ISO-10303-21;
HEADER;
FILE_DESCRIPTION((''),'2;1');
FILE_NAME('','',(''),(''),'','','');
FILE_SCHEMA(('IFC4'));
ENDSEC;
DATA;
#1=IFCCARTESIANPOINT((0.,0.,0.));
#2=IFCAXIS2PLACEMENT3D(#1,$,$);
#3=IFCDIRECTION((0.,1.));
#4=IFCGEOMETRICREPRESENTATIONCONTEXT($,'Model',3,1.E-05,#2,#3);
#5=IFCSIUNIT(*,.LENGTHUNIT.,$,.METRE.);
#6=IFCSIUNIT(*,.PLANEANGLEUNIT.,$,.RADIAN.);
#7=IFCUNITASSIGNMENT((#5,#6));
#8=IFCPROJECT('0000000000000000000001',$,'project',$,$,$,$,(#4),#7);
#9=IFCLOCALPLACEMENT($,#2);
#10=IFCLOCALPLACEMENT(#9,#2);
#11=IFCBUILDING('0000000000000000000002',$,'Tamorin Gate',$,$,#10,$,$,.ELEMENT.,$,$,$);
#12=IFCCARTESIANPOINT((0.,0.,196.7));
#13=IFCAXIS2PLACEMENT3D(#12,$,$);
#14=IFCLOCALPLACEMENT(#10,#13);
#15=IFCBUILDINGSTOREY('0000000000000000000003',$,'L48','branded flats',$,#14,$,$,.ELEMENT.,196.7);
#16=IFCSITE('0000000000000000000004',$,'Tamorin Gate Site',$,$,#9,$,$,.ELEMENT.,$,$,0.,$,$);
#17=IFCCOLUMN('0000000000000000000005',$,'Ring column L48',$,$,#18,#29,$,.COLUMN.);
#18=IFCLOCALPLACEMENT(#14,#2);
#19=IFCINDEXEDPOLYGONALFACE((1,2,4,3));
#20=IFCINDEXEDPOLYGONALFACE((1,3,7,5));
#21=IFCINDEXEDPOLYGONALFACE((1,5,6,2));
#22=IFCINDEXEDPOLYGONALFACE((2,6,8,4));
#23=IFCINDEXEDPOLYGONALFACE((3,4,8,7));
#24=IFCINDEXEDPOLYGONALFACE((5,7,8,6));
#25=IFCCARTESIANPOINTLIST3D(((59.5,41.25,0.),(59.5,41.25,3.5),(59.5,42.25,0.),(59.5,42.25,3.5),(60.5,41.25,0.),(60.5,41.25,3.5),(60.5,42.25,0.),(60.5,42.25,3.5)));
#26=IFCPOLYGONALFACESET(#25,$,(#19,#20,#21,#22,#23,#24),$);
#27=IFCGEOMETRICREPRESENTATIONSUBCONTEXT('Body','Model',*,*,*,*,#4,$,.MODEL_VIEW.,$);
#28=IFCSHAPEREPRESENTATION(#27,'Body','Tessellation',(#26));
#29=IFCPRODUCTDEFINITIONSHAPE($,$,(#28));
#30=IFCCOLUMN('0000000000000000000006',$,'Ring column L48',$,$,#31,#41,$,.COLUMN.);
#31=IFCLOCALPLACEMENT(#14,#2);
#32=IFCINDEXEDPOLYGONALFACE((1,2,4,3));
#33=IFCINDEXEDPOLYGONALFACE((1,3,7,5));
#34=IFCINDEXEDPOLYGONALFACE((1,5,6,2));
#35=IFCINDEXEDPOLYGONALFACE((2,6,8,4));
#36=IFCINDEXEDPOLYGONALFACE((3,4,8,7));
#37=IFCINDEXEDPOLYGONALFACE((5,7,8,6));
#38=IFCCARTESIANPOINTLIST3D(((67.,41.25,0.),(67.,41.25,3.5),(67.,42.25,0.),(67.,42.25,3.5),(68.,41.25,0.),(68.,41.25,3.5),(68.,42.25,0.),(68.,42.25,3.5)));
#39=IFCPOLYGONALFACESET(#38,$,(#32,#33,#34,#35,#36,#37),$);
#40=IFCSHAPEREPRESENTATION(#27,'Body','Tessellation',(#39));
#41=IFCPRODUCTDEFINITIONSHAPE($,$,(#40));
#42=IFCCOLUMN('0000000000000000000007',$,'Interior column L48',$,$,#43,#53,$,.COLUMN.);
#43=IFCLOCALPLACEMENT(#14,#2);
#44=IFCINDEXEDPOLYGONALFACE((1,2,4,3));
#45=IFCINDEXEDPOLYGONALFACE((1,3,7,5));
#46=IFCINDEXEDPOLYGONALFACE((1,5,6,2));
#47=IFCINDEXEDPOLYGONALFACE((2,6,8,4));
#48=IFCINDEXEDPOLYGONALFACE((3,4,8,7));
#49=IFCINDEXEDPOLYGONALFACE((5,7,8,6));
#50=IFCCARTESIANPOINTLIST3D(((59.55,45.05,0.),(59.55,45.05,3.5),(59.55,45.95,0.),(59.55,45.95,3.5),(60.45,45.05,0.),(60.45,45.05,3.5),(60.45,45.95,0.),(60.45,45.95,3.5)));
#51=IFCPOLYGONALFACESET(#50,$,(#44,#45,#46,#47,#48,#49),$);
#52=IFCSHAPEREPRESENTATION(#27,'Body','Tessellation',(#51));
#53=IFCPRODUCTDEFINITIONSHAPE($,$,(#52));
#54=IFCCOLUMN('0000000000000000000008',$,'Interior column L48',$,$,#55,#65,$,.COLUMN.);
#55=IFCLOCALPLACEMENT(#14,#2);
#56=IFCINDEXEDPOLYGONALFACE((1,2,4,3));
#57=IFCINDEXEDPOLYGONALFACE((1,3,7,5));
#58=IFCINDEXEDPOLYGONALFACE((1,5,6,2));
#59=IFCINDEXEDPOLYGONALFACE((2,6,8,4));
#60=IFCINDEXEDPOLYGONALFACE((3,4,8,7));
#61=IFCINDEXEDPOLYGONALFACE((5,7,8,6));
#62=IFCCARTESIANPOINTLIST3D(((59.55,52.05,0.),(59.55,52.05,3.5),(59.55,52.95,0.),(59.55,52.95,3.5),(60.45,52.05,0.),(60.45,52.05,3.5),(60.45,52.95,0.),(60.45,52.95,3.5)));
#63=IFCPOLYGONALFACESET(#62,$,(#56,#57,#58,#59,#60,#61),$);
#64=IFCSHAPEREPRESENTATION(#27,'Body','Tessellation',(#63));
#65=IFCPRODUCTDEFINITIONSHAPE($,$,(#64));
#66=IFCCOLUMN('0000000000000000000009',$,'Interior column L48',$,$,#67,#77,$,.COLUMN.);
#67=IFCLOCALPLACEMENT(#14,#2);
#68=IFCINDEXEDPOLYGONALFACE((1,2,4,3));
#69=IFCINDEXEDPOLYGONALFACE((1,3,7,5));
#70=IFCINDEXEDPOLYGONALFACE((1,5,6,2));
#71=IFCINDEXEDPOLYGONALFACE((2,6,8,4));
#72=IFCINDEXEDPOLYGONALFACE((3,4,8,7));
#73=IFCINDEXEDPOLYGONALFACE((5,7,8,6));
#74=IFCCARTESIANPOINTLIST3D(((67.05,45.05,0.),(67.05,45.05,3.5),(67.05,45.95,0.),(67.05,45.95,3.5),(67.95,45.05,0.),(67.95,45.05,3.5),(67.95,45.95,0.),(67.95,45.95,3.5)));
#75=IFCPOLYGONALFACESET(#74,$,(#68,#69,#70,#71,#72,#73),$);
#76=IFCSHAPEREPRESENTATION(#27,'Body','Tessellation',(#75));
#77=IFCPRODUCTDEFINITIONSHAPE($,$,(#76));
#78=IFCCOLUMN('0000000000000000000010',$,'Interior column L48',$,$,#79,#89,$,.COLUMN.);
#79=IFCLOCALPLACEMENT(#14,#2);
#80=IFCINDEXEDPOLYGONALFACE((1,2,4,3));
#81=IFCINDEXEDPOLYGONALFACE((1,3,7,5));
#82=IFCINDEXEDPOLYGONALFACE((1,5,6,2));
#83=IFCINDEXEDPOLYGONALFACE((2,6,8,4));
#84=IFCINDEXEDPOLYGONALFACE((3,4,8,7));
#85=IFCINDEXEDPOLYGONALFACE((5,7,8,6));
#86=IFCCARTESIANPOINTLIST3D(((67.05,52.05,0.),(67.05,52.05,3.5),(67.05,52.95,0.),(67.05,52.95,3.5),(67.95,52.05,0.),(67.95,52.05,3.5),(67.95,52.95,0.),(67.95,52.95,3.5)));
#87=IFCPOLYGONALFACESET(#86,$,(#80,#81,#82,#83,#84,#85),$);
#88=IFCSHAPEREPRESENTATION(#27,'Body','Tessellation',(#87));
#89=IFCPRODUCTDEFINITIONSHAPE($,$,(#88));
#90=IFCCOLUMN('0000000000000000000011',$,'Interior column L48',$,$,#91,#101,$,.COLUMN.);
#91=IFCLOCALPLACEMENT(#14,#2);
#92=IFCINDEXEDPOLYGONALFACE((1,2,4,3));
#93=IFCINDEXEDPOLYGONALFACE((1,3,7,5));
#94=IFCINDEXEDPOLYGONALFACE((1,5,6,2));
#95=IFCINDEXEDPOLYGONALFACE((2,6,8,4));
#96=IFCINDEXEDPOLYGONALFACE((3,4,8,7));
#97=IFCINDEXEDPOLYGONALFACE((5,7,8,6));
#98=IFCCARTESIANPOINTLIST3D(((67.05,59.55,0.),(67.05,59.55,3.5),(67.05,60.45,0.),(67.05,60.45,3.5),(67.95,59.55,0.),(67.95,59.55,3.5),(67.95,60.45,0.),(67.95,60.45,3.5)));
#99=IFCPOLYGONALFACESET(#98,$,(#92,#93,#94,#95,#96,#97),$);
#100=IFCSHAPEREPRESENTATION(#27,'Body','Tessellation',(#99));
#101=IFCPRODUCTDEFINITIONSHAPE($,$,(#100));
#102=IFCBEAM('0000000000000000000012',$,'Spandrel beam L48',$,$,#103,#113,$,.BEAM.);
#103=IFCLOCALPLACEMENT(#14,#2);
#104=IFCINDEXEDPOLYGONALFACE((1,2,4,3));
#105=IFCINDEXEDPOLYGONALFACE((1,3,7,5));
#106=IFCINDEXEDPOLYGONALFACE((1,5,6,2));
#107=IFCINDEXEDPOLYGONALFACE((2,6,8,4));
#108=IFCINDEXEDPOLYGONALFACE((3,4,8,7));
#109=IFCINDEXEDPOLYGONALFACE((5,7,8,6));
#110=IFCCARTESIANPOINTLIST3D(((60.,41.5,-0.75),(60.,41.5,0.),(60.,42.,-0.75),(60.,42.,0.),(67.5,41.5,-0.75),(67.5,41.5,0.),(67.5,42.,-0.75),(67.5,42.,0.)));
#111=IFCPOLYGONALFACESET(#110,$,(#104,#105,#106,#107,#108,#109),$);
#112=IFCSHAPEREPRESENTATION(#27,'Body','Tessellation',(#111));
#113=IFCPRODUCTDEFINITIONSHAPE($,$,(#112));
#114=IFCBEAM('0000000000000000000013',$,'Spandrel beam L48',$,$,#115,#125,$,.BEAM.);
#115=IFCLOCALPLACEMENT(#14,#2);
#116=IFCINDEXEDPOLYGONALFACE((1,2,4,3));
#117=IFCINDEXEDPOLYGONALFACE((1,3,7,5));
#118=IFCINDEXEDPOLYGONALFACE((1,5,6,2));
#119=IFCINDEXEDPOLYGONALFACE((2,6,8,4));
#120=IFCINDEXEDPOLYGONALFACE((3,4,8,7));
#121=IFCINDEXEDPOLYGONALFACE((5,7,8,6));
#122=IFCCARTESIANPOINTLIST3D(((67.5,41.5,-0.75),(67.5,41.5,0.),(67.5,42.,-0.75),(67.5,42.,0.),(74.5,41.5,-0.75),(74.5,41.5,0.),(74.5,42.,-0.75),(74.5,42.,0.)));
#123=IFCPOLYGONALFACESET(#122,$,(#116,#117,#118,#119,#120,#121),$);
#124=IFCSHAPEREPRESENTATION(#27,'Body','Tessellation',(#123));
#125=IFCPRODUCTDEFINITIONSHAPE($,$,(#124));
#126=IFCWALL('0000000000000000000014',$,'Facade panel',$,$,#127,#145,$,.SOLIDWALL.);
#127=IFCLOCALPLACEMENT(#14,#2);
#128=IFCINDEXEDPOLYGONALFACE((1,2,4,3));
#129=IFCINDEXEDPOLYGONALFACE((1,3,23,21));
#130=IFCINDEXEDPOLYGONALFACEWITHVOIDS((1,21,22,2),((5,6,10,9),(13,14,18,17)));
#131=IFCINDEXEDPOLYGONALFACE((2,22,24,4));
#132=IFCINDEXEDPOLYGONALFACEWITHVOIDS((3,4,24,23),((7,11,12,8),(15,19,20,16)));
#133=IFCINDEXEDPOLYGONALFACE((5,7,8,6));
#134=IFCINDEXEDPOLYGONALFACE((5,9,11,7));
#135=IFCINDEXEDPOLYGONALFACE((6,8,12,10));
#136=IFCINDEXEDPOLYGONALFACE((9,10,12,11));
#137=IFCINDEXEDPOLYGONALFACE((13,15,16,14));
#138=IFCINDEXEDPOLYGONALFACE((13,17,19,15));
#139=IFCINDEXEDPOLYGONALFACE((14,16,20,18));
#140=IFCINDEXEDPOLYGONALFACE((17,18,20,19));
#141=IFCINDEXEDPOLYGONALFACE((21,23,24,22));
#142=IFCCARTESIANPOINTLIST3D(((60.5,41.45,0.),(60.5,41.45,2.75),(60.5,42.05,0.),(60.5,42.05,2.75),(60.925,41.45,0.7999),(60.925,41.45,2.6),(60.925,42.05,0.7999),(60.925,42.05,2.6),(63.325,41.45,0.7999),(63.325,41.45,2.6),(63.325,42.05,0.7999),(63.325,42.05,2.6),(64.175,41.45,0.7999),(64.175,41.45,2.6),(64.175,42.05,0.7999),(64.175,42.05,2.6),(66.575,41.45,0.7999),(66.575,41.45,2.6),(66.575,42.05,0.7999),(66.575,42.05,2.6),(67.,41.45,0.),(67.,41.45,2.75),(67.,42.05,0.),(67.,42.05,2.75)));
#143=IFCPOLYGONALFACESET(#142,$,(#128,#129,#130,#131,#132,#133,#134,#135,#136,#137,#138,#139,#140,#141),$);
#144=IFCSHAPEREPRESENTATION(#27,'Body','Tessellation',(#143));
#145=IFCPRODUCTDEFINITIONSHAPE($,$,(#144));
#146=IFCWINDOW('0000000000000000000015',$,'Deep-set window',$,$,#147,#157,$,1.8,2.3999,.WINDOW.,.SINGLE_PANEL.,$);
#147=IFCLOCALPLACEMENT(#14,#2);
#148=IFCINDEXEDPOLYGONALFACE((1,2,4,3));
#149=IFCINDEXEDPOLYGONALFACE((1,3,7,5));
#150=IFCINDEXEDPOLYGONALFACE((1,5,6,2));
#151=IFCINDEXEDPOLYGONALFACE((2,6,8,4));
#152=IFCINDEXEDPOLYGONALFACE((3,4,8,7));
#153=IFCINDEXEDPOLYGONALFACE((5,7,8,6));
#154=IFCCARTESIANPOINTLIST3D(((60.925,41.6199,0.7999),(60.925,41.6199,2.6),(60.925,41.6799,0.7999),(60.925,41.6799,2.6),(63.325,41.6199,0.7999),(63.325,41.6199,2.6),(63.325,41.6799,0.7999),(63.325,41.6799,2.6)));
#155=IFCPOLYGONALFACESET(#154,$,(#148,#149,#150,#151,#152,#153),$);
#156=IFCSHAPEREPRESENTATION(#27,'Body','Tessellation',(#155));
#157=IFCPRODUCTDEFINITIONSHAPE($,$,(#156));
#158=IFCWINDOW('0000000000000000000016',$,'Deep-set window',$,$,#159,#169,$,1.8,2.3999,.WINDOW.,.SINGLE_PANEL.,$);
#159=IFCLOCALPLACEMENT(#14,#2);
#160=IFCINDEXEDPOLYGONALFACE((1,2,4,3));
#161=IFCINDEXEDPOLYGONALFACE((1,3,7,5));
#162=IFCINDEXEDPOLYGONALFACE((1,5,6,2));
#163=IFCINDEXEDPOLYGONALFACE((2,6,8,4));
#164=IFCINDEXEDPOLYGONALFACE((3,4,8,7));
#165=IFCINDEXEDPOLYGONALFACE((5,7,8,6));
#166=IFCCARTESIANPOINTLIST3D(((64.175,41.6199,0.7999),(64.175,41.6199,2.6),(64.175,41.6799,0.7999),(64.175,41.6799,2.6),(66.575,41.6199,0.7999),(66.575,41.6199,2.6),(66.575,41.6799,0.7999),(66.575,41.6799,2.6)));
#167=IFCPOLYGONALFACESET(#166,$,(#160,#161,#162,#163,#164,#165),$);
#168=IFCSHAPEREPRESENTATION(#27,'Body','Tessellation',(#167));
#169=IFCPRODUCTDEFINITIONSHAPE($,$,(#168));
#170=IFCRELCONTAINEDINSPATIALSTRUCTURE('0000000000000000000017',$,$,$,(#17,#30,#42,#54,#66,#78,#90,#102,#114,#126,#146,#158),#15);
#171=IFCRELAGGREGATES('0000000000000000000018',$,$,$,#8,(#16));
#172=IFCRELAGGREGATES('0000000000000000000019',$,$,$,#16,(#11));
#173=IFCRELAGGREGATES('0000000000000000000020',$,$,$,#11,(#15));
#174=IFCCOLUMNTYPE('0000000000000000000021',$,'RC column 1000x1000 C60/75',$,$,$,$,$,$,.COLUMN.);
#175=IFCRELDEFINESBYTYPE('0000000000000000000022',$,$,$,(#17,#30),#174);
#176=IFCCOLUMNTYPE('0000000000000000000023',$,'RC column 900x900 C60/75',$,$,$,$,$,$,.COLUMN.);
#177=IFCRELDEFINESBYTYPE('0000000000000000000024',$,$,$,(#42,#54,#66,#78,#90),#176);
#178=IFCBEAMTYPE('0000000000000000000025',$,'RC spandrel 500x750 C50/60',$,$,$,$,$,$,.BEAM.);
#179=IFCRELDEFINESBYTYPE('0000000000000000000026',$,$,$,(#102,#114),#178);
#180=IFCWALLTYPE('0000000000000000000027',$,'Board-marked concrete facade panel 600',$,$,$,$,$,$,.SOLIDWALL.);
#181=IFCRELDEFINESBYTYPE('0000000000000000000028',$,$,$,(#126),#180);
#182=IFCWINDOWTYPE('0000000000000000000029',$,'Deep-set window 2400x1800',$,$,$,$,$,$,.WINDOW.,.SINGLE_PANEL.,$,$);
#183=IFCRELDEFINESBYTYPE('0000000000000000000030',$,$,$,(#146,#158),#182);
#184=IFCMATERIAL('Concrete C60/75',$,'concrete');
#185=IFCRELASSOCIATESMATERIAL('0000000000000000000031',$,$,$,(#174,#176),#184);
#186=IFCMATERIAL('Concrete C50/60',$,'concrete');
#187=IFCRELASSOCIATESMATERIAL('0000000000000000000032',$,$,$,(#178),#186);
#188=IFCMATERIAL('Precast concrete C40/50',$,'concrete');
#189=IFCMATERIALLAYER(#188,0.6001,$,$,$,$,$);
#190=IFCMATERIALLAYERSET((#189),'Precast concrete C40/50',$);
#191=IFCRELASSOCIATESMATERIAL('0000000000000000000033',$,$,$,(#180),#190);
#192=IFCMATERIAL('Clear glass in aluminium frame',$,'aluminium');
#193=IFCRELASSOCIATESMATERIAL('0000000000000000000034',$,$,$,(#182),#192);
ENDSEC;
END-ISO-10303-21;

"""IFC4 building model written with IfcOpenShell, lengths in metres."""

from ifc_helpers import new_model, si_unit, direction, frame, frame_2d, origin, origin_2d, place, context, subcontext, project, spatial, rectangle, extrude, material, layer, layer_set, material_profile, profile_set, type_object, element, fill, save


model = new_model("IFC4")

# Units and contexts
model_context = context("Model", 3, precision=1e-05, world=origin(), true_north=direction((0.0, 1.0)))
body_context = subcontext(model_context, "Body", "Model", "MODEL_VIEW")
ifc_project = project(units=[si_unit("LENGTHUNIT", "METRE"), si_unit("PLANEANGLEUNIT", "RADIAN")], contexts=[model_context])

# Site, building, storey
site_placement = place(None, origin())
site = spatial("IfcSite", under=ifc_project, at=site_placement, Name="Tamorin Gate Site", CompositionType="ELEMENT", RefElevation=0.0)
building_placement = place(site_placement, origin())
building = spatial("IfcBuilding", under=site, at=building_placement, Name="Tamorin Gate", CompositionType="ELEMENT")
storey_placement = place(building_placement, frame((0.0, 0.0, 196.7)))
storey = spatial("IfcBuildingStorey", under=building, at=storey_placement, Name="L48", Description="branded flats", CompositionType="ELEMENT", Elevation=196.7)

# Columns
ifc_material_1 = material(Name="Concrete C60/75", Category="concrete")
ifc_material_profile_1 = material_profile(ifc_material_1, rectangle(XDim=1.0, YDim=1.0, at=origin_2d()), Name="RC 1000x1000")
ifc_profile_set_1 = profile_set([ifc_material_profile_1], Name="Concrete C60/75")
column_type_1 = type_object("IfcColumnType", Name="RC column 1000x1000 C60/75", PredefinedType="COLUMN", material=ifc_profile_set_1)
for number, where, z_axis, x_axis, name in (
    (1, (60.0, 41.75, 0.0), (0.0, 0.0, 1.0), (1.0, 0.0, 0.0), "Ring column L48"),
    (2, (67.5, 41.75, 0.0), (0.0, 0.0, 1.0), (1.0, 0.0, 0.0), "Ring column L48"),
):
    element("IfcColumn", number, at=place(storey_placement, frame(where, z_axis=z_axis, x_axis=x_axis)), inside=storey, type_object=column_type_1, Name=name, PredefinedType="COLUMN", context=body_context, shape_type="SweptSolid", body=[
        extrude(rectangle(XDim=1.0, YDim=1.0, at=origin_2d()), origin(), (0.0, 0.0, 1.0), 3.5),
    ])
ifc_material_profile_2 = material_profile(ifc_material_1, rectangle(XDim=0.8999, YDim=0.8999, at=origin_2d()), Name="RC 900x900")
ifc_profile_set_2 = profile_set([ifc_material_profile_2], Name="Concrete C60/75")
column_type_2 = type_object("IfcColumnType", Name="RC column 900x900 C60/75", PredefinedType="COLUMN", material=ifc_profile_set_2)
for number, where, z_axis, x_axis, name in (
    (3, (60.0, 45.5, 0.0), (0.0, 0.0, 1.0), (1.0, 0.0, 0.0), "Interior column L48"),
    (4, (60.0, 52.5, 0.0), (0.0, 0.0, 1.0), (1.0, 0.0, 0.0), "Interior column L48"),
    (5, (67.5, 45.5, 0.0), (0.0, 0.0, 1.0), (1.0, 0.0, 0.0), "Interior column L48"),
    (6, (67.5, 52.5, 0.0), (0.0, 0.0, 1.0), (1.0, 0.0, 0.0), "Interior column L48"),
    (7, (67.5, 60.0, 0.0), (0.0, 0.0, 1.0), (1.0, 0.0, 0.0), "Interior column L48"),
):
    element("IfcColumn", number, at=place(storey_placement, frame(where, z_axis=z_axis, x_axis=x_axis)), inside=storey, type_object=column_type_2, Name=name, PredefinedType="COLUMN", context=body_context, shape_type="SweptSolid", body=[
        extrude(rectangle(XDim=0.8999, YDim=0.8999, at=origin_2d()), origin(), (0.0, 0.0, 1.0), 3.5),
    ])

# Beams
ifc_material_2 = material(Name="Concrete C50/60", Category="concrete")
ifc_material_profile_3 = material_profile(ifc_material_2, rectangle(XDim=0.5, YDim=0.75, at=origin_2d()), Name="RC 500x750")
ifc_profile_set_3 = profile_set([ifc_material_profile_3], Name="Concrete C50/60")
beam_type = type_object("IfcBeamType", Name="RC spandrel 500x750 C50/60", PredefinedType="BEAM", material=ifc_profile_set_3)
beam_1_placement = place(storey_placement, frame((60.0, 41.75, -0.375), z_axis=(1.0, 0.0, 0.0), x_axis=(0.0, 1.0, 0.0)))
element("IfcBeam", 8, at=beam_1_placement, inside=storey, type_object=beam_type, Name="Spandrel beam L48", PredefinedType="BEAM", context=body_context, shape_type="SweptSolid", body=[
    extrude(rectangle(XDim=0.5, YDim=0.75, at=origin_2d()), origin(), (0.0, 0.0, 1.0), 7.5),
])
beam_2_placement = place(storey_placement, frame((67.5, 41.75, -0.375), z_axis=(1.0, 0.0, 0.0), x_axis=(0.0, 1.0, 0.0)))
element("IfcBeam", 9, at=beam_2_placement, inside=storey, type_object=beam_type, Name="Spandrel beam L48", PredefinedType="BEAM", context=body_context, shape_type="SweptSolid", body=[
    extrude(rectangle(XDim=0.5, YDim=0.75, at=origin_2d()), origin(), (0.0, 0.0, 1.0), 7.0),
])

# Wall, openings, windows
ifc_material_3 = material(Name="Precast concrete C40/50", Category="concrete")
ifc_layer_1 = layer(ifc_material_3, 0.6001)
ifc_layer_set_1 = layer_set([ifc_layer_1], Name="Precast concrete C40/50")
wall_type_1 = type_object("IfcWallType", Name="Board-marked concrete facade panel 600", PredefinedType="SOLIDWALL", material=ifc_layer_set_1)
wall_1_placement = place(storey_placement, frame((60.5, 41.75, 0.0), z_axis=(0.0, 0.0, 1.0), x_axis=(1.0, 0.0, 0.0)))
wall_1 = element("IfcWall", 10, at=wall_1_placement, inside=storey, type_object=wall_type_1, Name="Facade panel", PredefinedType="SOLIDWALL", context=body_context, shape_type="SweptSolid", body=[
    extrude(rectangle(XDim=6.5, YDim=0.6001, at=frame_2d((3.25, 0.0))), origin(), (0.0, 0.0, 1.0), 2.75),
])
opening_1_placement = place(wall_1_placement, frame((0.425, 0.0, 0.8)))
opening_1 = element("IfcOpeningElement", 11, at=opening_1_placement, cuts=wall_1, PredefinedType="OPENING", context=body_context, shape_type="SweptSolid", body=[
    extrude(rectangle(XDim=2.3999, YDim=1.8, at=frame_2d((1.2, 0.8999))), frame((0.0, 0.3101, 0.0), z_axis=(0.0, -1.0, 0.0), x_axis=(1.0, 0.0, 0.0)), (0.0, 0.0, 1.0), 0.6201),
])
opening_2_placement = place(wall_1_placement, frame((3.675, 0.0, 0.8)))
opening_2 = element("IfcOpeningElement", 12, at=opening_2_placement, cuts=wall_1, PredefinedType="OPENING", context=body_context, shape_type="SweptSolid", body=[
    extrude(rectangle(XDim=2.3999, YDim=1.8, at=frame_2d((1.2, 0.8999))), frame((0.0, 0.3101, 0.0), z_axis=(0.0, -1.0, 0.0), x_axis=(1.0, 0.0, 0.0)), (0.0, 0.0, 1.0), 0.6201),
])
ifc_material_4 = material(Name="Clear glass in aluminium frame", Category="aluminium")
window_type = type_object("IfcWindowType", Name="Deep-set window 2400x1800", PartitioningType="SINGLE_PANEL", PredefinedType="WINDOW", material=ifc_material_4)
window_1_placement = place(opening_1_placement, origin())
window_1 = element("IfcWindow", 13, at=window_1_placement, inside=storey, type_object=window_type, Name="Deep-set window", OverallHeight=1.8, OverallWidth=2.3999, PartitioningType="SINGLE_PANEL", PredefinedType="WINDOW", context=body_context, shape_type="SweptSolid", body=[
    extrude(rectangle(XDim=2.3999, YDim=1.8, at=frame_2d((1.2, 0.8999))), frame((0.0, -0.0701, 0.0), z_axis=(0.0, -1.0, 0.0), x_axis=(1.0, 0.0, 0.0)), (0.0, 0.0, 1.0), 0.0601),
])
fill(opening_1, window_1)
window_2_placement = place(opening_2_placement, origin())
window_2 = element("IfcWindow", 14, at=window_2_placement, inside=storey, type_object=window_type, Name="Deep-set window", OverallHeight=1.8, OverallWidth=2.3999, PartitioningType="SINGLE_PANEL", PredefinedType="WINDOW", context=body_context, shape_type="SweptSolid", body=[
    extrude(rectangle(XDim=2.3999, YDim=1.8, at=frame_2d((1.2, 0.8999))), frame((0.0, -0.0701, 0.0), z_axis=(0.0, -1.0, 0.0), x_axis=(1.0, 0.0, 0.0)), (0.0, 0.0, 1.0), 0.0601),
])
fill(opening_2, window_2)

save(model, "model.ifc")
